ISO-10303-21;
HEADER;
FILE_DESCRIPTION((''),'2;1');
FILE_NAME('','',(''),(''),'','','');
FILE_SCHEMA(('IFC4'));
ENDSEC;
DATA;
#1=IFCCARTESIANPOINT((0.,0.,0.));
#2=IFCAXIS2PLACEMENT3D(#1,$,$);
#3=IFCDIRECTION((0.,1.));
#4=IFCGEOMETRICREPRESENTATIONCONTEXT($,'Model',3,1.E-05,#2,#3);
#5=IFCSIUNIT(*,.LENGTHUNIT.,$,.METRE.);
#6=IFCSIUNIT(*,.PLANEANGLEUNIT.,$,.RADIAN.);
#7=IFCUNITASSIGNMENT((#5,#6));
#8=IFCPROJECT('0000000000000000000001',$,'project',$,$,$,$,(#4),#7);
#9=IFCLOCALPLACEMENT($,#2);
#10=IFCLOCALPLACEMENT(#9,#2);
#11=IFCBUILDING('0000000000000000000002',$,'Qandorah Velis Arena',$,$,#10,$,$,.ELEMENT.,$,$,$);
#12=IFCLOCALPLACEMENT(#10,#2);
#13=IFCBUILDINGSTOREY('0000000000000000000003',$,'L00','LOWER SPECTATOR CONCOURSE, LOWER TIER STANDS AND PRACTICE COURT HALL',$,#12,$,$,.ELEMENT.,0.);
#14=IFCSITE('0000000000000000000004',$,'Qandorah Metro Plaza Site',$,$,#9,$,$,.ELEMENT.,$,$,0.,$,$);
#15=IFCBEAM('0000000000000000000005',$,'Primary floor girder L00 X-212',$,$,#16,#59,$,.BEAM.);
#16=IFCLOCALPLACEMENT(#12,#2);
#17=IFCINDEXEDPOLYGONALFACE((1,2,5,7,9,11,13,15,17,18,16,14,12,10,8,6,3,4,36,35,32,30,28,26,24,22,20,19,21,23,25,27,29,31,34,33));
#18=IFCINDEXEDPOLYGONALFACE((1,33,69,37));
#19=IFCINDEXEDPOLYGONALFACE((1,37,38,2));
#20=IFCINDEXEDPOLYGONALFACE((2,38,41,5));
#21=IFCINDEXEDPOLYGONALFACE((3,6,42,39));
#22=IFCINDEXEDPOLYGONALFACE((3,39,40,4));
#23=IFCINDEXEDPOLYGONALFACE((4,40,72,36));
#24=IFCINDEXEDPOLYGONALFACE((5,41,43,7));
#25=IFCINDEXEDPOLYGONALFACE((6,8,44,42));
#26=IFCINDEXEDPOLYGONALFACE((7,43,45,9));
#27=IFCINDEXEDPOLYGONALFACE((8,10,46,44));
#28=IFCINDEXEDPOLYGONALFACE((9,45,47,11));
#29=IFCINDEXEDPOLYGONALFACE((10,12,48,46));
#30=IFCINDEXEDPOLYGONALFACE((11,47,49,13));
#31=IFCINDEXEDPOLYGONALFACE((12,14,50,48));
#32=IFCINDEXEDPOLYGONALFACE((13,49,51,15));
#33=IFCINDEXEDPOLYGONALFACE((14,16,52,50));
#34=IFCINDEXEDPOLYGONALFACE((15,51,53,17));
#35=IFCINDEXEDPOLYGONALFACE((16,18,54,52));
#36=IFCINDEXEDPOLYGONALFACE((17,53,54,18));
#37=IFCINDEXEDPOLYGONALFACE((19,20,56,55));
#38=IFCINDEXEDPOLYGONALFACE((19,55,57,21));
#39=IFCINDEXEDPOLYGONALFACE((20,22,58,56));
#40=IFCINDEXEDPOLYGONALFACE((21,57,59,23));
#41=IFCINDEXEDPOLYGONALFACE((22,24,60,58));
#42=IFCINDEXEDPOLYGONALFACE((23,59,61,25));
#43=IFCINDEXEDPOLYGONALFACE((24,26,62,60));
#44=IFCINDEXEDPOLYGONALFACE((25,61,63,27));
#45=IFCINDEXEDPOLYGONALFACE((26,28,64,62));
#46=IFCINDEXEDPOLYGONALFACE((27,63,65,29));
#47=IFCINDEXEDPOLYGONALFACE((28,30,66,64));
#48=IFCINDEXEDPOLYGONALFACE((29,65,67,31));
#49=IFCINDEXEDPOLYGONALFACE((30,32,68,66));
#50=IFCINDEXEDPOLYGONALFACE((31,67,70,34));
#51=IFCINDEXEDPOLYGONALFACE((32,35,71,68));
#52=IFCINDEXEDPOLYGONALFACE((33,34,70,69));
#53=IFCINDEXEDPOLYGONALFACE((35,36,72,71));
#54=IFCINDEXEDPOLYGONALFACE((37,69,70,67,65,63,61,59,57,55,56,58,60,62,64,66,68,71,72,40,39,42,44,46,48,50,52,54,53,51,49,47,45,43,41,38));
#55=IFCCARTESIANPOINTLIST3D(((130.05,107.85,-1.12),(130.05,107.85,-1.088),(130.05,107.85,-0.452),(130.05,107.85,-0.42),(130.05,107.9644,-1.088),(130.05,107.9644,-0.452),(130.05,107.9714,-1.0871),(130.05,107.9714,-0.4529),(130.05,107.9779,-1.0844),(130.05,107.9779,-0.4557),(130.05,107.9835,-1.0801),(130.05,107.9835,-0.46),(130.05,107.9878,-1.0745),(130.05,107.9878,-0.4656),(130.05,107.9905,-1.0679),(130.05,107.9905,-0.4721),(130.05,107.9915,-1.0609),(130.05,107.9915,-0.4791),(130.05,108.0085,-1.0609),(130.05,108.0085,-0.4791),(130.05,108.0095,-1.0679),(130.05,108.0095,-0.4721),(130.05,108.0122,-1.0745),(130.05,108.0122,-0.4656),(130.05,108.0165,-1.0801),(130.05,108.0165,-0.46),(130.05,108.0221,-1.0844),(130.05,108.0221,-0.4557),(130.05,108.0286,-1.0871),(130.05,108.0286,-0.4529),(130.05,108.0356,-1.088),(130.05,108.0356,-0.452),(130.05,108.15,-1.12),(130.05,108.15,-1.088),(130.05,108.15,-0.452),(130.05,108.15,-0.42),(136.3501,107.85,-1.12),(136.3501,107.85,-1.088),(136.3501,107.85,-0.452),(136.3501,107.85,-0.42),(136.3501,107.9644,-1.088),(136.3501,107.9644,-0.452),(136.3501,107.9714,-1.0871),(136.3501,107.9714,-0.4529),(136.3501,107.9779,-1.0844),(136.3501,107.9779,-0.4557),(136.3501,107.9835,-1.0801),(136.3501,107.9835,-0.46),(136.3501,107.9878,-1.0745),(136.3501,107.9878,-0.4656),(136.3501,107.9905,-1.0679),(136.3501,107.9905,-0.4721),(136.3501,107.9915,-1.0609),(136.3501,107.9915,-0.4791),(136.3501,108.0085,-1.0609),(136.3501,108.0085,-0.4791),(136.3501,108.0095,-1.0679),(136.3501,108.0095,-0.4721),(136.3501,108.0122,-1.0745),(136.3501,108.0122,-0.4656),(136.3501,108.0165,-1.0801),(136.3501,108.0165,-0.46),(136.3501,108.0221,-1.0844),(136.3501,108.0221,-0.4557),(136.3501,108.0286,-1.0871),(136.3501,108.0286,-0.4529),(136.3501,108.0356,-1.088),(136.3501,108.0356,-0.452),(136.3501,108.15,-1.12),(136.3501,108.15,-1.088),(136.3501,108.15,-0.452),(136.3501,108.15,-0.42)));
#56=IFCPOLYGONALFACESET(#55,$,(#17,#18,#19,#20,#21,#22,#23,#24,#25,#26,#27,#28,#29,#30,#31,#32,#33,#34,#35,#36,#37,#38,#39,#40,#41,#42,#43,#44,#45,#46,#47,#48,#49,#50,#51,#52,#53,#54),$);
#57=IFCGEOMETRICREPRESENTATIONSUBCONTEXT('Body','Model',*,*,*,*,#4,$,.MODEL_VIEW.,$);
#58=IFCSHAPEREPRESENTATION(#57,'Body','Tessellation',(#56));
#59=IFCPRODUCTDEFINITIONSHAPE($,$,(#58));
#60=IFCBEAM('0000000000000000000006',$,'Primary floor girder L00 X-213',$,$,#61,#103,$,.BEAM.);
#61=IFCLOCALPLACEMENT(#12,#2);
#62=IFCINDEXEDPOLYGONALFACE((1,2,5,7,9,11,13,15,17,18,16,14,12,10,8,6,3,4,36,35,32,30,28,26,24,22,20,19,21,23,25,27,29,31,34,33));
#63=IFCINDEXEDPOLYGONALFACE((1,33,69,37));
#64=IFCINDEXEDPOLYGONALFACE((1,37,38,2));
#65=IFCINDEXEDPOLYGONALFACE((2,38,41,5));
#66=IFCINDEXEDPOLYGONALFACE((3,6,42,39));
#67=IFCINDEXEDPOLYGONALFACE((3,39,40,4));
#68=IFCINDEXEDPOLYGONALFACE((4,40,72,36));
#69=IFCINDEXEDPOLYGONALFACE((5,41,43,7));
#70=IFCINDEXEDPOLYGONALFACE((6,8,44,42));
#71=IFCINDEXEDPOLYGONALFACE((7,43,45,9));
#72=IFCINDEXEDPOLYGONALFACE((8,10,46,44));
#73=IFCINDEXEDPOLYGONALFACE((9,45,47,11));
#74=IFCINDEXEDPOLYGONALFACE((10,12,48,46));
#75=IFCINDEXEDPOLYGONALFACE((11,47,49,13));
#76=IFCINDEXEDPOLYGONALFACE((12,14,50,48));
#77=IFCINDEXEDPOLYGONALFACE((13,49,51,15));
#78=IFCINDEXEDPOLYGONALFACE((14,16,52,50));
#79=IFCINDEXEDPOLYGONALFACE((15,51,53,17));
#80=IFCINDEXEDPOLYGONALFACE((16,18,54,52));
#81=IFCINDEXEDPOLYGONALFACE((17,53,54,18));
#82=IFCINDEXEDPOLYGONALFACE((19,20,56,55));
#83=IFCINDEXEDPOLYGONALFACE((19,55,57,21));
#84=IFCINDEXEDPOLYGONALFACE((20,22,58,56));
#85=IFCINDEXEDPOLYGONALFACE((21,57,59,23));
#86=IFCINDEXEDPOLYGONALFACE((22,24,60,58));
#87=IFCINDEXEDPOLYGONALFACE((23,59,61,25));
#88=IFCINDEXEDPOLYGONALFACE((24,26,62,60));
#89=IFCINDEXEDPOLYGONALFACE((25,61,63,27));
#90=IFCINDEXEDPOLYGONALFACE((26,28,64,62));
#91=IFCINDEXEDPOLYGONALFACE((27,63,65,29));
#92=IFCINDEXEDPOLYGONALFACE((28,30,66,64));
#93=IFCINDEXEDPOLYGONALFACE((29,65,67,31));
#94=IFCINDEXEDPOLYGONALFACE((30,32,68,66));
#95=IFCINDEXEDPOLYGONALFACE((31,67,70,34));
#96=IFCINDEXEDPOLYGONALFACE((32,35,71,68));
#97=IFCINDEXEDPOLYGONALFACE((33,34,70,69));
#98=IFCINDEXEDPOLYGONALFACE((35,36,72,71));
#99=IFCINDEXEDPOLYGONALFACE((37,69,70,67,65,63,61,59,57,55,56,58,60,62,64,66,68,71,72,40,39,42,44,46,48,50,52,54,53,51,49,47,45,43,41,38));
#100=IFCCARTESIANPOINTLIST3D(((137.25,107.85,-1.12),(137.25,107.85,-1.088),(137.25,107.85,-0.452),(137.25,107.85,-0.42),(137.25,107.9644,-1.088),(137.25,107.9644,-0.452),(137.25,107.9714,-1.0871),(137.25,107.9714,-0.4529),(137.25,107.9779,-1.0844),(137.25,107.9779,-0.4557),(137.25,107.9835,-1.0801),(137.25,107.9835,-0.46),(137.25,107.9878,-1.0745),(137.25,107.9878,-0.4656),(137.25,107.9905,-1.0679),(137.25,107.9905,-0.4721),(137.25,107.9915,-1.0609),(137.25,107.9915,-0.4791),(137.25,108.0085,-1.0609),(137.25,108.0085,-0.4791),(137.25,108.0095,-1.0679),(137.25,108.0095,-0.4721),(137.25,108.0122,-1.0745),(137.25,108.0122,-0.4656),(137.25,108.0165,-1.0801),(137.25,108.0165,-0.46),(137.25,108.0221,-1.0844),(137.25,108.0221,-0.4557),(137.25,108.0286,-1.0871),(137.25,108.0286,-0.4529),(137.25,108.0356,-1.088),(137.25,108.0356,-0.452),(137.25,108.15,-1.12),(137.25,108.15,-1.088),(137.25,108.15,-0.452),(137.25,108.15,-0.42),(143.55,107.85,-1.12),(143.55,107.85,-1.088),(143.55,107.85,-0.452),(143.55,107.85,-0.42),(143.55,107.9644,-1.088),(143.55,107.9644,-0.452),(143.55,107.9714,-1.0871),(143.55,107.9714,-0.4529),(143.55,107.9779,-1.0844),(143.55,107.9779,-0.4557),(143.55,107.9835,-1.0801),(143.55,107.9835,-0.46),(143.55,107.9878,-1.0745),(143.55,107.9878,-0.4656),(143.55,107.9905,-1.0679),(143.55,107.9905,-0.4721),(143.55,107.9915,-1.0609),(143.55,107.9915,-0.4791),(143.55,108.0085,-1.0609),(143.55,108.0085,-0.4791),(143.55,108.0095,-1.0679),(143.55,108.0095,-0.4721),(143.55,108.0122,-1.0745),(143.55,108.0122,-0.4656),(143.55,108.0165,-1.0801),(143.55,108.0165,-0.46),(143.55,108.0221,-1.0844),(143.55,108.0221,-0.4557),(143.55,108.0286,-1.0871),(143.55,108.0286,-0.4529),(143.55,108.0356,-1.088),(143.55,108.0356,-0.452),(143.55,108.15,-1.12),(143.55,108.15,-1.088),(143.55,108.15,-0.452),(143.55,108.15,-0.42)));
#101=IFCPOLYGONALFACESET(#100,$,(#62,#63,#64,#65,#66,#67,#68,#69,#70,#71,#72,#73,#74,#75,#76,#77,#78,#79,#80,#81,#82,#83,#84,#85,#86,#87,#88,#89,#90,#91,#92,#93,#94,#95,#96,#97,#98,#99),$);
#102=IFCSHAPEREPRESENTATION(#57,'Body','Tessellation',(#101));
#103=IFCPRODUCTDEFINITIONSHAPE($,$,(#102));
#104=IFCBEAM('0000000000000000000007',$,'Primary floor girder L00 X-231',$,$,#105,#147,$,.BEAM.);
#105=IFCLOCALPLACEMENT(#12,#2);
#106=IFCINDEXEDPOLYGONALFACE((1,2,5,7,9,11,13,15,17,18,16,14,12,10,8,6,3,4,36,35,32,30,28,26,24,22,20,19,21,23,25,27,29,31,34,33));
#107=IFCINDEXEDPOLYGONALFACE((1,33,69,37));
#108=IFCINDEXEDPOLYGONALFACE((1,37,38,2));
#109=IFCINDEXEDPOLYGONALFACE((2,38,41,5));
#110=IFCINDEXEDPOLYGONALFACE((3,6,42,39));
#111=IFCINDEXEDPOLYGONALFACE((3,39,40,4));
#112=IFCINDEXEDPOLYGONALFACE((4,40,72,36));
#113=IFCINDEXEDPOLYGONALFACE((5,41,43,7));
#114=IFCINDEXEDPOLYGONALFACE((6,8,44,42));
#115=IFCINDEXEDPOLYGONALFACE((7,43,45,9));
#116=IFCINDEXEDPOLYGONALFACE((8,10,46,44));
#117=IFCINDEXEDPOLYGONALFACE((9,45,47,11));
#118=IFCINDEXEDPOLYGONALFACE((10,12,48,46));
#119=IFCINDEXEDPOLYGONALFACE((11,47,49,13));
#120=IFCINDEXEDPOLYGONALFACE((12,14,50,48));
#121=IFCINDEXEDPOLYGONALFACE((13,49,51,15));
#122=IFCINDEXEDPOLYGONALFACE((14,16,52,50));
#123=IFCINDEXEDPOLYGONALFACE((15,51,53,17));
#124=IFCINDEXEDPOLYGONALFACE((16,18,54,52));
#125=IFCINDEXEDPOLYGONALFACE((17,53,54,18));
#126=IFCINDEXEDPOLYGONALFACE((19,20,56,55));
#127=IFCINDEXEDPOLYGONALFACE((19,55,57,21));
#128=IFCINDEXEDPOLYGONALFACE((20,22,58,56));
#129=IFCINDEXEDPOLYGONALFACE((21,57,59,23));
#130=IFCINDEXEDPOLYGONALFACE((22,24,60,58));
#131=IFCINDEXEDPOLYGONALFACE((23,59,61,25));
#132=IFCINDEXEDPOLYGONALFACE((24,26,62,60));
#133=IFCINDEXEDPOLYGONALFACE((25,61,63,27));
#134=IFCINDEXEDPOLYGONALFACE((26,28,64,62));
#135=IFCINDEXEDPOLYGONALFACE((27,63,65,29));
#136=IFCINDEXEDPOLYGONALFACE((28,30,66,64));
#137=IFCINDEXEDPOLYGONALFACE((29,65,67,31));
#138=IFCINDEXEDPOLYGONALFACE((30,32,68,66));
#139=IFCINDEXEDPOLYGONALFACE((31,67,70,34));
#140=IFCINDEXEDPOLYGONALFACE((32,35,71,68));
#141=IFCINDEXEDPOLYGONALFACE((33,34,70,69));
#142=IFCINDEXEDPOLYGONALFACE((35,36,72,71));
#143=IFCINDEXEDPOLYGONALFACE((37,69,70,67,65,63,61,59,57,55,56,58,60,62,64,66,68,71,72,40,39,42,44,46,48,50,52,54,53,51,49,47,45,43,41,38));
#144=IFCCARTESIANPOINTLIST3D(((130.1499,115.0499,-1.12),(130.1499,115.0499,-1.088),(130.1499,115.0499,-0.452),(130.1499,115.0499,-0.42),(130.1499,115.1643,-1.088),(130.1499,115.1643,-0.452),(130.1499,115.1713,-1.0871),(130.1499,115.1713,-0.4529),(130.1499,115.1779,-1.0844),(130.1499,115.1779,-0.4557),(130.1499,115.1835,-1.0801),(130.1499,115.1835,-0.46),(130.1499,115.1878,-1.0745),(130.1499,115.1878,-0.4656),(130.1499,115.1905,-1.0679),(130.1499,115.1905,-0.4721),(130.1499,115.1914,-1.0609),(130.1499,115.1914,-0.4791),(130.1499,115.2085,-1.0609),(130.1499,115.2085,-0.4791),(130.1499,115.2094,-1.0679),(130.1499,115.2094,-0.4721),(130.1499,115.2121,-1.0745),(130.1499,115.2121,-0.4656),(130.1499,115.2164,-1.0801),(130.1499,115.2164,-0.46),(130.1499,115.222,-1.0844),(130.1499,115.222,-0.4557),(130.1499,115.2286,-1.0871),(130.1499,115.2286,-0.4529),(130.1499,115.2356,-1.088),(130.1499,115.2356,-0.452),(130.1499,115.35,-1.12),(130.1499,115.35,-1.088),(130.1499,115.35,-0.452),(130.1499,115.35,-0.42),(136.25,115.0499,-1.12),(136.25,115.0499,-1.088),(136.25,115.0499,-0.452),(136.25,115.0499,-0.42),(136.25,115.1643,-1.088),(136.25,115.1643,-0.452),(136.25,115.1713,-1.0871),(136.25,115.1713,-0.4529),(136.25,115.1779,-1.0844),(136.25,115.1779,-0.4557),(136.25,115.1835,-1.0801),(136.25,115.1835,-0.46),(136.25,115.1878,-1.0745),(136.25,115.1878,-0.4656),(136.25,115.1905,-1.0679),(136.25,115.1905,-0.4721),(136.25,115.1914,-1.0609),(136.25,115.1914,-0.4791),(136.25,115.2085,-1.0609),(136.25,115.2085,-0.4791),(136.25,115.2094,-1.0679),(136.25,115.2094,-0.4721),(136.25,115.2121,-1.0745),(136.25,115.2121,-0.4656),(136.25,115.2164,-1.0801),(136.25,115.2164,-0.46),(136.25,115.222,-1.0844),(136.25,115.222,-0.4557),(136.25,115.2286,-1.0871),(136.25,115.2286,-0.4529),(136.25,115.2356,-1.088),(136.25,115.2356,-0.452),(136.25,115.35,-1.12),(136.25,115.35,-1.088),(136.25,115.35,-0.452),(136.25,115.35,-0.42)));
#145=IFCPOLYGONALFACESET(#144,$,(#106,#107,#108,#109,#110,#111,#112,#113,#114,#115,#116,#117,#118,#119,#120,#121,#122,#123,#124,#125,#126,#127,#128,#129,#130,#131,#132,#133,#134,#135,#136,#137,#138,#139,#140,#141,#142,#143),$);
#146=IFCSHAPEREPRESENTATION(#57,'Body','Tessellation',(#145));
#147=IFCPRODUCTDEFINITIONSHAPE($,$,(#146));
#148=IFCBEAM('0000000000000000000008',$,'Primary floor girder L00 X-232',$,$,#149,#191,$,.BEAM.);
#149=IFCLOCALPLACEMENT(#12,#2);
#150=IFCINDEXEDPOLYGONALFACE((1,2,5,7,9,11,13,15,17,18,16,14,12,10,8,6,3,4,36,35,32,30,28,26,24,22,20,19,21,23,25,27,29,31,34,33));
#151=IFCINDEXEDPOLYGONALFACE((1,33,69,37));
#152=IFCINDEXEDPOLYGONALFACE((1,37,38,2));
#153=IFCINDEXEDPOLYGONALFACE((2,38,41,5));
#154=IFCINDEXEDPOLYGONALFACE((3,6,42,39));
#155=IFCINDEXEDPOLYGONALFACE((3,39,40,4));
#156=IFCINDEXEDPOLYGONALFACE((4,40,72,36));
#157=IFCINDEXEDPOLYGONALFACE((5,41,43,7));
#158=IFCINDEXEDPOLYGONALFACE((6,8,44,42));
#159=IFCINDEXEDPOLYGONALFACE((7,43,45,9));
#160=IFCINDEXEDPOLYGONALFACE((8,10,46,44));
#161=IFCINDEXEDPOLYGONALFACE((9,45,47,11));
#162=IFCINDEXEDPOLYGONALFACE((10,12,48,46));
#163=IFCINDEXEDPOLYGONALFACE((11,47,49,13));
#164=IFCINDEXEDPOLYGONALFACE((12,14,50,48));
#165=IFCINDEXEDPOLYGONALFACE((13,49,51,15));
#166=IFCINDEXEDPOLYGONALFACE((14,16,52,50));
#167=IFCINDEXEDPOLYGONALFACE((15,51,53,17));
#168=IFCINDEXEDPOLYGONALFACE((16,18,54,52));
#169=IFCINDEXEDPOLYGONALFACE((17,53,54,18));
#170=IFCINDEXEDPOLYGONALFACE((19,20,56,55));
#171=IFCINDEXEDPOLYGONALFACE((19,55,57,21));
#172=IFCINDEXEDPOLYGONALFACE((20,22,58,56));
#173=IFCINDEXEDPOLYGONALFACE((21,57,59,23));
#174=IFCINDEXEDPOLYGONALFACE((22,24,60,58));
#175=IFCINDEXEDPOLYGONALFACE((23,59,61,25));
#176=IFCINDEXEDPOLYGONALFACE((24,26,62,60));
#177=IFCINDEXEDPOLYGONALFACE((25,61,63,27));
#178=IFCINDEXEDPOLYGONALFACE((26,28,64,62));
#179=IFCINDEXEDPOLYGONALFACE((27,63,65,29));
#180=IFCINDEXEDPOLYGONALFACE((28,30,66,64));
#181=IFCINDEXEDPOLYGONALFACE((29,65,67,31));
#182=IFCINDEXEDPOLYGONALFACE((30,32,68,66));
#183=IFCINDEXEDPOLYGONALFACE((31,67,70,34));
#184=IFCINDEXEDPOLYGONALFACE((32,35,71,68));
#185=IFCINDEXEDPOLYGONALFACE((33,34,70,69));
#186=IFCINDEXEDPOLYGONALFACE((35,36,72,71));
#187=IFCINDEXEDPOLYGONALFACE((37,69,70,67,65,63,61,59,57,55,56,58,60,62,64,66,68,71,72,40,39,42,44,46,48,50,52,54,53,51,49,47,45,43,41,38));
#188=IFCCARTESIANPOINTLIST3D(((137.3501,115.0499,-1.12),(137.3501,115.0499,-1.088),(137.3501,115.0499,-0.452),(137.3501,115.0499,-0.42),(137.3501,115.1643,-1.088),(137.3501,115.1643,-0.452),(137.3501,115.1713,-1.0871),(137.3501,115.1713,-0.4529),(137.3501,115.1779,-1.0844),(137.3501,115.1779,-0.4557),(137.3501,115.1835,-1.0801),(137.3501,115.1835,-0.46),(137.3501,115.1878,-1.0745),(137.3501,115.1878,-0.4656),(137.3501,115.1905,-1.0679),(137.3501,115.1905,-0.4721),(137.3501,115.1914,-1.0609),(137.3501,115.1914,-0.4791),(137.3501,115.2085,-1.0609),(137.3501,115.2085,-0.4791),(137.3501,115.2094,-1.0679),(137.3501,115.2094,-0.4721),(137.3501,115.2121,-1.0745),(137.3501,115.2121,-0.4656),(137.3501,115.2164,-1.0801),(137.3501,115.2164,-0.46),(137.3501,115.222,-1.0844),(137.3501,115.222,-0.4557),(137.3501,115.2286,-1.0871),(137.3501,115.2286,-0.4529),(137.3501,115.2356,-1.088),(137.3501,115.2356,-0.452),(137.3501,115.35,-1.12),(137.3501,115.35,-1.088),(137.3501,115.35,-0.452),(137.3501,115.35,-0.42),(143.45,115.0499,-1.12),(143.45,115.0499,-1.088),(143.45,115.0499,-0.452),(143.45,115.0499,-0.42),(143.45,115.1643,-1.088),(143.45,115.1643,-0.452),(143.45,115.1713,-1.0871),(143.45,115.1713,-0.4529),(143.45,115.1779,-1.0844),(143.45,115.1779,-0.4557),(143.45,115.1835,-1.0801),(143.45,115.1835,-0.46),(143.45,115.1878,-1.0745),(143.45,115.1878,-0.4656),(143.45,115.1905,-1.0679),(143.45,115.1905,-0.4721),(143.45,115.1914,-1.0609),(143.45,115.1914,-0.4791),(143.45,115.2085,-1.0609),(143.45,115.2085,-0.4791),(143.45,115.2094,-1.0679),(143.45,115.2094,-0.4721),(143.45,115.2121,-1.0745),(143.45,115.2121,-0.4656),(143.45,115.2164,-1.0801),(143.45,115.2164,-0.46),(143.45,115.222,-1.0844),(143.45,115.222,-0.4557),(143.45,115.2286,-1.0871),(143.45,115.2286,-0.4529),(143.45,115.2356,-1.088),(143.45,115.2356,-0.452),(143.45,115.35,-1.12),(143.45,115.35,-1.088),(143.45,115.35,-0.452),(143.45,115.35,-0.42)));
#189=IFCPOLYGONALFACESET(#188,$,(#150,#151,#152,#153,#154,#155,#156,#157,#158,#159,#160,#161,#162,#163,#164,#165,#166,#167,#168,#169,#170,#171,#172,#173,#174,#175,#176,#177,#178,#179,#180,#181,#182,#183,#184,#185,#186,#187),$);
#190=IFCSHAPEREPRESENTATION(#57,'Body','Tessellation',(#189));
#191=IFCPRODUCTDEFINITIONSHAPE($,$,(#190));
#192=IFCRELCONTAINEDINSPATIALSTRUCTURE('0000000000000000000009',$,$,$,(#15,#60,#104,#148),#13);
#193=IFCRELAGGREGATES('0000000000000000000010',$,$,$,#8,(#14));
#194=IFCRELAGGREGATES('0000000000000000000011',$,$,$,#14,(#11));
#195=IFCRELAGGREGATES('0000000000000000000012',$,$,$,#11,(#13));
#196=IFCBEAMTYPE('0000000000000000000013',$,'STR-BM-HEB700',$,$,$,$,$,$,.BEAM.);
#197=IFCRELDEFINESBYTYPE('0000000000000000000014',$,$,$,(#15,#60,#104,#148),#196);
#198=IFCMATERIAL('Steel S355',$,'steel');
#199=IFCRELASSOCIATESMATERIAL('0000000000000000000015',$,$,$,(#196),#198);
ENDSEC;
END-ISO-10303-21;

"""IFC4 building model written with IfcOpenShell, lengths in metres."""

from ifc_helpers import new_model, si_unit, direction, frame, origin, origin_2d, place, context, subcontext, project, spatial, i_section, extrude, material, material_profile, profile_set, type_object, element, save


model = new_model("IFC4")

# Units and contexts
model_context = context("Model", 3, precision=1e-05, world=origin(), true_north=direction((0.0, 1.0)))
body_context = subcontext(model_context, "Body", "Model", "MODEL_VIEW")
ifc_project = project(units=[si_unit("LENGTHUNIT", "METRE"), si_unit("PLANEANGLEUNIT", "RADIAN")], contexts=[model_context])

# Site, building, storey
site_placement = place(None, origin())
site = spatial("IfcSite", under=ifc_project, at=site_placement, Name="Qandorah Metro Plaza Site", CompositionType="ELEMENT", RefElevation=0.0)
building_placement = place(site_placement, origin())
building = spatial("IfcBuilding", under=site, at=building_placement, Name="Qandorah Velis Arena", CompositionType="ELEMENT")
storey_placement = place(building_placement, origin())
storey = spatial("IfcBuildingStorey", under=building, at=storey_placement, Name="L00", Description="LOWER SPECTATOR CONCOURSE, LOWER TIER STANDS AND PRACTICE COURT HALL", CompositionType="ELEMENT", Elevation=0.0)

# Beams
ifc_material_1 = material(Name="Steel S355", Category="steel")
ifc_material_profile_1 = material_profile(ifc_material_1, i_section(OverallWidth=0.3, OverallDepth=0.7, WebThickness=0.0171, FlangeThickness=0.032, FilletRadius=0.0271, at=origin_2d()), Name="HEB 700")
ifc_profile_set_1 = profile_set([ifc_material_profile_1], Name="Steel S355")
beam_type_1 = type_object("IfcBeamType", Name="STR-BM-HEB700", PredefinedType="BEAM", material=ifc_profile_set_1)
for number, where, z_axis, x_axis, name in (
    (1, (130.05, 108.0, -0.77), (1.0, 0.0, 0.0), (0.0, 1.0, 0.0), "Primary floor girder L00 X-212"),
    (2, (137.25, 108.0, -0.77), (1.0, 0.0, 0.0), (0.0, 1.0, 0.0), "Primary floor girder L00 X-213"),
):
    element("IfcBeam", number, at=place(storey_placement, frame(where, z_axis=z_axis, x_axis=x_axis)), inside=storey, type_object=beam_type_1, Name=name, PredefinedType="BEAM", context=body_context, shape_type="SweptSolid", body=[
        extrude(i_section(OverallWidth=0.3, OverallDepth=0.7, WebThickness=0.0171, FlangeThickness=0.032, FilletRadius=0.0271, at=origin_2d()), origin(), (0.0, 0.0, 1.0), 6.3),
    ])
beam_1_placement = place(storey_placement, frame((130.1499, 115.2, -0.77), z_axis=(1.0, 0.0, 0.0), x_axis=(0.0, 1.0, 0.0)))
element("IfcBeam", 3, at=beam_1_placement, inside=storey, type_object=beam_type_1, Name="Primary floor girder L00 X-231", PredefinedType="BEAM", context=body_context, shape_type="SweptSolid", body=[
    extrude(i_section(OverallWidth=0.3, OverallDepth=0.7, WebThickness=0.0171, FlangeThickness=0.032, FilletRadius=0.0271, at=origin_2d()), origin(), (0.0, 0.0, 1.0), 6.1001),
])
for number, where, z_axis, x_axis, name in (
    (4, (137.3501, 115.2, -0.77), (1.0, 0.0, 0.0), (0.0, 1.0, 0.0), "Primary floor girder L00 X-232"),
):
    element("IfcBeam", number, at=place(storey_placement, frame(where, z_axis=z_axis, x_axis=x_axis)), inside=storey, type_object=beam_type_1, Name=name, PredefinedType="BEAM", context=body_context, shape_type="SweptSolid", body=[
        extrude(i_section(OverallWidth=0.3, OverallDepth=0.7, WebThickness=0.0171, FlangeThickness=0.032, FilletRadius=0.0271, at=origin_2d()), origin(), (0.0, 0.0, 1.0), 6.0999),
    ])

save(model, "model.ifc")
